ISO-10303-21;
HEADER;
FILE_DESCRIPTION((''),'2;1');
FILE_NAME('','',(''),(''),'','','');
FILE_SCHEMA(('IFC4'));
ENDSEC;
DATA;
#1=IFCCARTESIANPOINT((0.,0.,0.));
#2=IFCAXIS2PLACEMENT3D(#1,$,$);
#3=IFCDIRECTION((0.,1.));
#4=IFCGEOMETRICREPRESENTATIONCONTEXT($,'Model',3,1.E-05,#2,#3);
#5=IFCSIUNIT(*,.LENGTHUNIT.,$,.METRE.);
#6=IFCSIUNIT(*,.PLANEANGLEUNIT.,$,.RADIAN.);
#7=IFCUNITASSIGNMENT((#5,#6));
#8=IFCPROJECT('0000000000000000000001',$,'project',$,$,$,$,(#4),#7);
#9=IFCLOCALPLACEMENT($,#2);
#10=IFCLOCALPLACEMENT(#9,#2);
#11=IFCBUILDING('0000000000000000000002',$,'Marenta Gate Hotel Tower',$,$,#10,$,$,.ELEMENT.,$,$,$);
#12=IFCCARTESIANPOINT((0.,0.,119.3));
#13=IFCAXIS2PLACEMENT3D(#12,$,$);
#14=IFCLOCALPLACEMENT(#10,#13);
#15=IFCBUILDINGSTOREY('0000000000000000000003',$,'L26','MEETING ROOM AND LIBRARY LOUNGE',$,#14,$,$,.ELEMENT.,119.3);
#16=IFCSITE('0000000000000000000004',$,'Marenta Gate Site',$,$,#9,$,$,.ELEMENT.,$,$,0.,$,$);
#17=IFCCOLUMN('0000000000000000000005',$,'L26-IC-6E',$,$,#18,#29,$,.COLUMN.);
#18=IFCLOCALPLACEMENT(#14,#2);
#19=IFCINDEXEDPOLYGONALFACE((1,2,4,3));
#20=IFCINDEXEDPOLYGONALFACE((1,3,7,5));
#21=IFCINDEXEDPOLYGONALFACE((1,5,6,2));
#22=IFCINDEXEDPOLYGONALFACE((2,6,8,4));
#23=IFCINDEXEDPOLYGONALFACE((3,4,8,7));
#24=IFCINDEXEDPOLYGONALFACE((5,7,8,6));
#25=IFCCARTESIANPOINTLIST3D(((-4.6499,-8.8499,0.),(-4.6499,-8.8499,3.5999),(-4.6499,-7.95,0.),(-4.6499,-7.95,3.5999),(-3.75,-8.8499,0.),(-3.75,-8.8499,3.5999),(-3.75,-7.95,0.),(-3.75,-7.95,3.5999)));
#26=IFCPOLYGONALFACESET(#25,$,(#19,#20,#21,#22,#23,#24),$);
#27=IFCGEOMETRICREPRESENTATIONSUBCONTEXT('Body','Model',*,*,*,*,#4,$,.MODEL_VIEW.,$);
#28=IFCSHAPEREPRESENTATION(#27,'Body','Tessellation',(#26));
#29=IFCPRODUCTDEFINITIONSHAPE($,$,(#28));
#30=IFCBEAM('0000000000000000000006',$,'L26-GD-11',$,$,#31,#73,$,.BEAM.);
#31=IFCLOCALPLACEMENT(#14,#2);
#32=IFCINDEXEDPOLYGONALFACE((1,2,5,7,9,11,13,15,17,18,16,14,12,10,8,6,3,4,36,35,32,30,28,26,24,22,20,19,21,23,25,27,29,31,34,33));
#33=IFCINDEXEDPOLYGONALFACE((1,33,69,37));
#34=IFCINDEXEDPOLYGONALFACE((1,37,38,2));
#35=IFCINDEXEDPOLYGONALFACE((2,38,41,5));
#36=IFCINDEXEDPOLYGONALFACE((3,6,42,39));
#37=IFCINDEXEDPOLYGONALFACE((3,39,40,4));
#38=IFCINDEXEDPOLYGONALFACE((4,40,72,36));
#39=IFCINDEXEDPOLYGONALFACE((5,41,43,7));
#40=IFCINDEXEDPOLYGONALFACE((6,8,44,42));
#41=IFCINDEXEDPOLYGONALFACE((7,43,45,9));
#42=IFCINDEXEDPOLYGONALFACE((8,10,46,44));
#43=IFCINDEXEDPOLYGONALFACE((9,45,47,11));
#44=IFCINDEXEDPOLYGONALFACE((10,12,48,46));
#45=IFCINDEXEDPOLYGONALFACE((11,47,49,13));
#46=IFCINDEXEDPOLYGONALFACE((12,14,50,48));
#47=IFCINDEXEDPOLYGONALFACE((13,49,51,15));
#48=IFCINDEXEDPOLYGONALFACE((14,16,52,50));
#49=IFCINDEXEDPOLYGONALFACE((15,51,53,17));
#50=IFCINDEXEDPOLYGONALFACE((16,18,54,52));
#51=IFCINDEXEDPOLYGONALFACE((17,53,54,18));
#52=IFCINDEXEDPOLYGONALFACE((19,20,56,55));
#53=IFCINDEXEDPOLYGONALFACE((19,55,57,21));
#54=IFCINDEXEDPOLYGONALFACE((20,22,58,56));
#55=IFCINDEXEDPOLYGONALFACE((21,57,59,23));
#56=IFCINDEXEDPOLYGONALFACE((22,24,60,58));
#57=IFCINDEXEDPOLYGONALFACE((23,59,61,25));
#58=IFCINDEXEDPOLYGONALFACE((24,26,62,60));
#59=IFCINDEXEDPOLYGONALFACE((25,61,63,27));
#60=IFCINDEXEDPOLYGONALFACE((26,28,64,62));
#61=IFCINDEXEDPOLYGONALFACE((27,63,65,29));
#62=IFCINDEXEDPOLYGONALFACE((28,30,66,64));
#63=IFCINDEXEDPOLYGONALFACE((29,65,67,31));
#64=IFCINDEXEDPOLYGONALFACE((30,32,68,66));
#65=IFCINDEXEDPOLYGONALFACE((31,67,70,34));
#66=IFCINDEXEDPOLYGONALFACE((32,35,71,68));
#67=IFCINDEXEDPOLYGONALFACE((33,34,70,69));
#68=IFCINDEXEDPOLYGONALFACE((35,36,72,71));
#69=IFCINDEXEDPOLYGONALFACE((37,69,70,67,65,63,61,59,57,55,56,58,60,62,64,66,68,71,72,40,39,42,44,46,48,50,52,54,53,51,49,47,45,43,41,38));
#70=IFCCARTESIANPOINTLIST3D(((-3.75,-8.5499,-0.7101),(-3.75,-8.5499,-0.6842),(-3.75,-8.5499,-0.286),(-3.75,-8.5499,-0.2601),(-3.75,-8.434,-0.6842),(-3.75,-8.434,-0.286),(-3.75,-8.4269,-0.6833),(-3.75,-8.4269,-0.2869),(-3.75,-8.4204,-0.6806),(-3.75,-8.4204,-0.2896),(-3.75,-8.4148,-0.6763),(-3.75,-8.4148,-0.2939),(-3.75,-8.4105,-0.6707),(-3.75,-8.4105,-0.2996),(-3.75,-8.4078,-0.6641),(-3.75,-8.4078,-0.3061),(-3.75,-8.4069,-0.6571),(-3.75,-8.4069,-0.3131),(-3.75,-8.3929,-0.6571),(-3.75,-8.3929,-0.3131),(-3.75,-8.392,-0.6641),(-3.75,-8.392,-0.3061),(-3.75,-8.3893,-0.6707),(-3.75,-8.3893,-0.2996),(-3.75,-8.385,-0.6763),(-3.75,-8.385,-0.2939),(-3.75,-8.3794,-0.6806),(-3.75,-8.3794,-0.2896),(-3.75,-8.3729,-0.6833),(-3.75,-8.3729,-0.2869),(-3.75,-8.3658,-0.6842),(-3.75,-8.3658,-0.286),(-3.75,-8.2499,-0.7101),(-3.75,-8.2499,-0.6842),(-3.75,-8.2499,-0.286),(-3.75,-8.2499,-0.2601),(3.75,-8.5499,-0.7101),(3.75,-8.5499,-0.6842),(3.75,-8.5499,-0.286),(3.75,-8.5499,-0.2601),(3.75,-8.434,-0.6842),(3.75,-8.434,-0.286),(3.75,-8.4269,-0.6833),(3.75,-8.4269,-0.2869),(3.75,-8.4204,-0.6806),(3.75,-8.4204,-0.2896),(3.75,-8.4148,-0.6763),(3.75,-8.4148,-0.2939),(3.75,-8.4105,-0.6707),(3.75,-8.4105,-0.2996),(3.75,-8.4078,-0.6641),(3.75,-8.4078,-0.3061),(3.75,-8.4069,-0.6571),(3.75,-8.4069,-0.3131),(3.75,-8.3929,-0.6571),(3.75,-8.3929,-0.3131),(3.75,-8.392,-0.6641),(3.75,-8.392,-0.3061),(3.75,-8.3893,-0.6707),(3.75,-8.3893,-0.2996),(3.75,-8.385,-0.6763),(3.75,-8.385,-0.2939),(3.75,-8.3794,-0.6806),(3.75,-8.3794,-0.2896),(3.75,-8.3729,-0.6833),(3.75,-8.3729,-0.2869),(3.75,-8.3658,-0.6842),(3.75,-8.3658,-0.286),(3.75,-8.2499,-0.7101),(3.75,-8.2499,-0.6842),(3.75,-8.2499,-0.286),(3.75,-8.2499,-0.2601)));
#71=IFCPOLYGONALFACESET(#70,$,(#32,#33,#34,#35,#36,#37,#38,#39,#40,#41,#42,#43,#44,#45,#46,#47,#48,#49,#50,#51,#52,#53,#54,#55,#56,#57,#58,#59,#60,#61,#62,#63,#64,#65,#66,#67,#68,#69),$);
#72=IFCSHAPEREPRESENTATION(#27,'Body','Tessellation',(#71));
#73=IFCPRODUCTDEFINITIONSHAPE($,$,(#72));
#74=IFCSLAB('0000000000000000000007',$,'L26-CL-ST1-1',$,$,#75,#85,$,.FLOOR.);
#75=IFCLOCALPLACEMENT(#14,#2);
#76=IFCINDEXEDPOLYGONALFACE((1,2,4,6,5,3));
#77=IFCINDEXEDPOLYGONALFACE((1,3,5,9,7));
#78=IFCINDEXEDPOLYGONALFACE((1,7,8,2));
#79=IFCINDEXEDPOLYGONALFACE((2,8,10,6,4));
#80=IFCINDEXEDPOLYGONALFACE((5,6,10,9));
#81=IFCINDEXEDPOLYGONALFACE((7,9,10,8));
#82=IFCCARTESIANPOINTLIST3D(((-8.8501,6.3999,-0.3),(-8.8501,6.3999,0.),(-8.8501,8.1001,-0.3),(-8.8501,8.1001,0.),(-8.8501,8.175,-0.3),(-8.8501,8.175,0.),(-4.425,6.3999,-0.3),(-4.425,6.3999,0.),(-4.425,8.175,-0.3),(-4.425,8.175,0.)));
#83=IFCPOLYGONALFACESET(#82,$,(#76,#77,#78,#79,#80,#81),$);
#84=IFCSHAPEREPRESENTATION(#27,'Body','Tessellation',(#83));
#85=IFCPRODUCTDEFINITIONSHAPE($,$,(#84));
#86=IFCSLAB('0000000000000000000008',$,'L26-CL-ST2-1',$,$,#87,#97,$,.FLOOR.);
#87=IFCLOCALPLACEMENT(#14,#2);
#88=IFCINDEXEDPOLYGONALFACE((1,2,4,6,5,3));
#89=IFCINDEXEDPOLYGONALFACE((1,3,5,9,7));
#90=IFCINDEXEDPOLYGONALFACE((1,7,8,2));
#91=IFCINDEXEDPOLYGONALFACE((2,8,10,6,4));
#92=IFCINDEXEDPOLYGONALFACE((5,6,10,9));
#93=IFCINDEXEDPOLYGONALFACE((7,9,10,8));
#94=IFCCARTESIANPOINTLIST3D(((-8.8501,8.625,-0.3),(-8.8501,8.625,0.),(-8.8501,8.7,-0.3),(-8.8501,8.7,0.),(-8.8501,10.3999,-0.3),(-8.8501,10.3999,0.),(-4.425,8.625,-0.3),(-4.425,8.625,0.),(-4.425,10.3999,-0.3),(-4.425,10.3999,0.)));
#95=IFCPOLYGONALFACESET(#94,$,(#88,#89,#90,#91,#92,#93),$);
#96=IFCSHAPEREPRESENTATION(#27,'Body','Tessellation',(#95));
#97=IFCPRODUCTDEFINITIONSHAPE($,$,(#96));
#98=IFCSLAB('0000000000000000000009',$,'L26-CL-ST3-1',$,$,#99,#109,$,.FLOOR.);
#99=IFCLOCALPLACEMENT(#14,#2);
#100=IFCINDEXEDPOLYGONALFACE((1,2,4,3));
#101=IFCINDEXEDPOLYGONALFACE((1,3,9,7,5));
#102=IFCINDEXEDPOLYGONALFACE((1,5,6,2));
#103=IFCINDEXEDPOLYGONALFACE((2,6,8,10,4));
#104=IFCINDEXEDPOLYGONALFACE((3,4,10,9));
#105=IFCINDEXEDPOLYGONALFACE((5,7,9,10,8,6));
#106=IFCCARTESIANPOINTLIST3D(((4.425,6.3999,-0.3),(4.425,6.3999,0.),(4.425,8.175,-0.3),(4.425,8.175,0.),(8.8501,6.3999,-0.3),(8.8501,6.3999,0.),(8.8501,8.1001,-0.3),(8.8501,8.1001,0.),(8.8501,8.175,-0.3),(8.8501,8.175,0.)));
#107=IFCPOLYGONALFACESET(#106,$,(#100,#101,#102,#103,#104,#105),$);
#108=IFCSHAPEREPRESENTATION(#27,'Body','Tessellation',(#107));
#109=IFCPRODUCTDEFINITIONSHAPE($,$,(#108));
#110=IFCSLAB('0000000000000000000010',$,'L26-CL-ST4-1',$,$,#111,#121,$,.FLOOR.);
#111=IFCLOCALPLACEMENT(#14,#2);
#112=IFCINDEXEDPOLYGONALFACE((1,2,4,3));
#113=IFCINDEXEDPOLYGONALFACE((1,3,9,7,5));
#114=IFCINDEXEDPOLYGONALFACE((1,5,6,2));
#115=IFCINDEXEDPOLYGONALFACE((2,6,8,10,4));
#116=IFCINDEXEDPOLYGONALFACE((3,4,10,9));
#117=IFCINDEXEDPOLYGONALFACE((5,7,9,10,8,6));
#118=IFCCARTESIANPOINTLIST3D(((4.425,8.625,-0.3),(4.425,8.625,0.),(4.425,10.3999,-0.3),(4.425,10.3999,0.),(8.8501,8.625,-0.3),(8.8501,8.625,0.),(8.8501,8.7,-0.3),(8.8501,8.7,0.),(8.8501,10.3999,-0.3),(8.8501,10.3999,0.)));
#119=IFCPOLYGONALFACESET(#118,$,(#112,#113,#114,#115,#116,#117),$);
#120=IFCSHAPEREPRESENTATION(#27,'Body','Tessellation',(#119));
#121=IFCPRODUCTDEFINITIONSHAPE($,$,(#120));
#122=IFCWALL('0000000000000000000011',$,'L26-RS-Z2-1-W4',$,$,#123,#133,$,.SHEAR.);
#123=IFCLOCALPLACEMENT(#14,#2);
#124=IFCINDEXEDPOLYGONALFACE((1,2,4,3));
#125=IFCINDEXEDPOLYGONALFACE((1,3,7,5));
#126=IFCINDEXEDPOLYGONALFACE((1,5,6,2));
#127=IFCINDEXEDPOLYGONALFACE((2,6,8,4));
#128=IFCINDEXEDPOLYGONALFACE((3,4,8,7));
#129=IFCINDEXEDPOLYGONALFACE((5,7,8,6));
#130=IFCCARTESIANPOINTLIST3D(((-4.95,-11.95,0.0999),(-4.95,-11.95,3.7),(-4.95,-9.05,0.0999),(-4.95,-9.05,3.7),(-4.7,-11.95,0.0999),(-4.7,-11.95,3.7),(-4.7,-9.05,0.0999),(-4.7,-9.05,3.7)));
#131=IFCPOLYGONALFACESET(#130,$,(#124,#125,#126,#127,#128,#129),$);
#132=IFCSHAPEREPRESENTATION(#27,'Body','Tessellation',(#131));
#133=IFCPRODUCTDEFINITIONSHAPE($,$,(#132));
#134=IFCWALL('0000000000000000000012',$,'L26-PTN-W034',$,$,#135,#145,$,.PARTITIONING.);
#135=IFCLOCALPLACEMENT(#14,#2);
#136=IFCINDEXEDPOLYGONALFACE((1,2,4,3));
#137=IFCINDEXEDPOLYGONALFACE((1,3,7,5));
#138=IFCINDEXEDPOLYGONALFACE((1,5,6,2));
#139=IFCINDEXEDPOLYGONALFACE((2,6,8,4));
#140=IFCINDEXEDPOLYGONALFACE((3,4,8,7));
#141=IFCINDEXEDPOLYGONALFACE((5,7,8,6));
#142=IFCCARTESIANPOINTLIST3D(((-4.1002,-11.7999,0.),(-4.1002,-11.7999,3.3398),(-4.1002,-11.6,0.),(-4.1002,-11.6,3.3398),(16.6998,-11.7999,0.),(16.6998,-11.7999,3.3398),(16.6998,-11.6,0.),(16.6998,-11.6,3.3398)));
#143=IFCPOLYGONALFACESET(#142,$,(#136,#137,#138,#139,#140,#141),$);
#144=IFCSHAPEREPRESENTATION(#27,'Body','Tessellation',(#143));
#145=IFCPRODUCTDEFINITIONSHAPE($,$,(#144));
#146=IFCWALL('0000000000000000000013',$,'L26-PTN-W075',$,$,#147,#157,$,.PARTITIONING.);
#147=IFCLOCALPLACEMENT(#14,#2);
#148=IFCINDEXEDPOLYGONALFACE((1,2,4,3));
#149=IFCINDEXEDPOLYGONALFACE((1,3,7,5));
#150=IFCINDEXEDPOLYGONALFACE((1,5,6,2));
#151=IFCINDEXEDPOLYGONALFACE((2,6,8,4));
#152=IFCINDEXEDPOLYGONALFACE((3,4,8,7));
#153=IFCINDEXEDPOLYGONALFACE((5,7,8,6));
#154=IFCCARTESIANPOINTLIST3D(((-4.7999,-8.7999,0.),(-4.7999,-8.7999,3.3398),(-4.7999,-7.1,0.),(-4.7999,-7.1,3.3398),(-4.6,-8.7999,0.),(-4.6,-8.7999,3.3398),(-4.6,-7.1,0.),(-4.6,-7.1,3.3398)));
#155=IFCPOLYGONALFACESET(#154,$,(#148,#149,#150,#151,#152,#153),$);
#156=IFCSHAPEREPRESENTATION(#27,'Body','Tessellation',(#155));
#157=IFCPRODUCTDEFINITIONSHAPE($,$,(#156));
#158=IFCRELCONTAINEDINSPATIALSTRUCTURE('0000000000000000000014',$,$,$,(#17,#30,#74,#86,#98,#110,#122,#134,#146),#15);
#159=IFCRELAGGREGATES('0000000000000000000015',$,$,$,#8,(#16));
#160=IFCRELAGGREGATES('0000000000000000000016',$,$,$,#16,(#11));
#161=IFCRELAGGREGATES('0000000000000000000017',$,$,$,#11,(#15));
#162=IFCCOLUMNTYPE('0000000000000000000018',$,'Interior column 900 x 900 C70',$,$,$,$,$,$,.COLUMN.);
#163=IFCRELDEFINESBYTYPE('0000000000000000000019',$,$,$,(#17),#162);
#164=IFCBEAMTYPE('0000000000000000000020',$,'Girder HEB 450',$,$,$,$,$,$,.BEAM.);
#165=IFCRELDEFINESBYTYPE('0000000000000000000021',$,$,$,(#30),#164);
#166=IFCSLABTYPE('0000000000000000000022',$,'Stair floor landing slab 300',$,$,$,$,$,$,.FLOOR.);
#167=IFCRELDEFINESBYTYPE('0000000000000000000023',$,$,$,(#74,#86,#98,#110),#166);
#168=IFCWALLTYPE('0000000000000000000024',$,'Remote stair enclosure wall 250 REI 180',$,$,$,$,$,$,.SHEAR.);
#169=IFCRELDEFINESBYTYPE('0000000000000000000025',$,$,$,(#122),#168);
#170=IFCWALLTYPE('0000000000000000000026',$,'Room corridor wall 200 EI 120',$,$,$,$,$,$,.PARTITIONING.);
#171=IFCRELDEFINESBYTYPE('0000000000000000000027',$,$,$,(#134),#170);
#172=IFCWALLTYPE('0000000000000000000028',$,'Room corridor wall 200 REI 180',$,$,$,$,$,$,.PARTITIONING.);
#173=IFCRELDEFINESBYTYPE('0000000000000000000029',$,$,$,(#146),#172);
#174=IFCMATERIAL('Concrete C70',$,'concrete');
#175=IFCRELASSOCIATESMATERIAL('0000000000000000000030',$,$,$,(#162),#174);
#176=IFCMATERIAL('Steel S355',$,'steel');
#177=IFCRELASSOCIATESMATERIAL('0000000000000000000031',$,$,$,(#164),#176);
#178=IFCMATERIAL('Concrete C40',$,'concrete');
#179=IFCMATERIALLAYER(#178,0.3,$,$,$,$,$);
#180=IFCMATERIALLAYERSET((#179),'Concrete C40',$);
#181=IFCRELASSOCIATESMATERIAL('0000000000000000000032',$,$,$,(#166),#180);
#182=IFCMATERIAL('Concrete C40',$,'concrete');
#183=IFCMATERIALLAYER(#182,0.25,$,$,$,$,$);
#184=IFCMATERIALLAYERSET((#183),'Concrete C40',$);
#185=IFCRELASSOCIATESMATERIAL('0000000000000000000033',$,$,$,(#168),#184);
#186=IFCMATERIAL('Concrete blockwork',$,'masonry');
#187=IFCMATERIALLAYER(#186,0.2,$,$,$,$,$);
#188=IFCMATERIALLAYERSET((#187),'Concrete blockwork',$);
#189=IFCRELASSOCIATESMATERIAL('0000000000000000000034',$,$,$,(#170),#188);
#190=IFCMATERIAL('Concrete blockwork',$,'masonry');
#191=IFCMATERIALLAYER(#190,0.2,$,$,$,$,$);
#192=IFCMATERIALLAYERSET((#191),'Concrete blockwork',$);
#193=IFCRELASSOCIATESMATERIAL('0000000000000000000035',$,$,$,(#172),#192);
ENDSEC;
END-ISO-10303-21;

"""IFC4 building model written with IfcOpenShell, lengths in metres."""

from ifc_helpers import new_model, si_unit, direction, frame, frame_2d, origin, origin_2d, place, context, subcontext, project, spatial, polyline, rectangle, i_section, outline, extrude, material, layer, layer_set, material_profile, profile_set, type_object, element, save


model = new_model("IFC4")

# Units and contexts
model_context = context("Model", 3, precision=1e-05, world=origin(), true_north=direction((0.0, 1.0)))
body_context = subcontext(model_context, "Body", "Model", "MODEL_VIEW")
ifc_project = project(units=[si_unit("LENGTHUNIT", "METRE"), si_unit("PLANEANGLEUNIT", "RADIAN")], contexts=[model_context])

# Site, building, storey
site_placement = place(None, origin())
site = spatial("IfcSite", under=ifc_project, at=site_placement, Name="Marenta Gate Site", CompositionType="ELEMENT", RefElevation=0.0)
building_placement = place(site_placement, origin())
building = spatial("IfcBuilding", under=site, at=building_placement, Name="Marenta Gate Hotel Tower", CompositionType="ELEMENT")
storey_placement = place(building_placement, frame((0.0, 0.0, 119.3)))
storey = spatial("IfcBuildingStorey", under=building, at=storey_placement, Name="L26", Description="MEETING ROOM AND LIBRARY LOUNGE", CompositionType="ELEMENT", Elevation=119.3)

# Column
ifc_material_1 = material(Name="Concrete C70", Category="concrete")
ifc_material_profile_1 = material_profile(ifc_material_1, rectangle(XDim=0.8999, YDim=0.8999, at=origin_2d()), Name="900 x 900")
ifc_profile_set_1 = profile_set([ifc_material_profile_1], Name="Concrete C70")
column_type = type_object("IfcColumnType", Name="Interior column 900 x 900 C70", PredefinedType="COLUMN", material=ifc_profile_set_1)
column_placement = place(storey_placement, frame((-4.2, -8.3999, 0.0), z_axis=(0.0, 0.0, 1.0), x_axis=(1.0, 0.0, 0.0)))
element("IfcColumn", 1, at=column_placement, inside=storey, type_object=column_type, Name="L26-IC-6E", PredefinedType="COLUMN", context=body_context, shape_type="SweptSolid", body=[
    extrude(rectangle(XDim=0.8999, YDim=0.8999, at=origin_2d()), origin(), (0.0, 0.0, 1.0), 3.5999),
])

# Beam
ifc_material_2 = material(Name="Steel S355", Category="steel")
ifc_material_profile_2 = material_profile(ifc_material_2, i_section(OverallWidth=0.3, OverallDepth=0.45, WebThickness=0.0139, FlangeThickness=0.0259, FilletRadius=0.0271, at=origin_2d()), Name="HEB 450")
ifc_profile_set_2 = profile_set([ifc_material_profile_2], Name="Steel S355")
beam_type = type_object("IfcBeamType", Name="Girder HEB 450", PredefinedType="BEAM", material=ifc_profile_set_2)
beam_placement = place(storey_placement, frame((-3.75, -8.3999, -0.4851), z_axis=(1.0, 0.0, 0.0), x_axis=(0.0, 1.0, 0.0)))
element("IfcBeam", 2, at=beam_placement, inside=storey, type_object=beam_type, Name="L26-GD-11", PredefinedType="BEAM", context=body_context, shape_type="SweptSolid", body=[
    extrude(i_section(OverallWidth=0.3, OverallDepth=0.45, WebThickness=0.0139, FlangeThickness=0.0259, FilletRadius=0.0271, at=origin_2d()), origin(), (0.0, 0.0, 1.0), 7.5),
])

# Slabs
ifc_material_3 = material(Name="Concrete C40", Category="concrete")
ifc_layer_1 = layer(ifc_material_3, 0.3)
ifc_layer_set_1 = layer_set([ifc_layer_1], Name="Concrete C40")
slab_type_1 = type_object("IfcSlabType", Name="Stair floor landing slab 300", PredefinedType="FLOOR", material=ifc_layer_set_1)
slab_1_placement = place(storey_placement, frame((0.0, 0.0, -0.3)))
element("IfcSlab", 3, at=slab_1_placement, inside=storey, type_object=slab_type_1, Name="L26-CL-ST1-1", PredefinedType="FLOOR", context=body_context, shape_type="SweptSolid", body=[
    extrude(outline(polyline([(-4.425, 6.3999), (-8.8501, 6.3999), (-8.8501, 8.1001), (-8.8501, 8.175), (-4.425, 8.175), (-4.425, 6.3999)])), origin(), (0.0, 0.0, 1.0), 0.3),
])
slab_2_placement = place(storey_placement, frame((0.0, 0.0, -0.3)))
element("IfcSlab", 4, at=slab_2_placement, inside=storey, type_object=slab_type_1, Name="L26-CL-ST2-1", PredefinedType="FLOOR", context=body_context, shape_type="SweptSolid", body=[
    extrude(outline(polyline([(-4.425, 8.625), (-8.8501, 8.625), (-8.8501, 8.7), (-8.8501, 10.3999), (-4.425, 10.3999), (-4.425, 8.625)])), origin(), (0.0, 0.0, 1.0), 0.3),
])
slab_3_placement = place(storey_placement, frame((0.0, 0.0, -0.3)))
element("IfcSlab", 5, at=slab_3_placement, inside=storey, type_object=slab_type_1, Name="L26-CL-ST3-1", PredefinedType="FLOOR", context=body_context, shape_type="SweptSolid", body=[
    extrude(outline(polyline([(4.425, 6.3999), (4.425, 8.175), (8.8501, 8.175), (8.8501, 8.1001), (8.8501, 6.3999), (4.425, 6.3999)])), origin(), (0.0, 0.0, 1.0), 0.3),
])
slab_4_placement = place(storey_placement, frame((0.0, 0.0, -0.3)))
element("IfcSlab", 6, at=slab_4_placement, inside=storey, type_object=slab_type_1, Name="L26-CL-ST4-1", PredefinedType="FLOOR", context=body_context, shape_type="SweptSolid", body=[
    extrude(outline(polyline([(4.425, 8.625), (4.425, 10.3999), (8.8501, 10.3999), (8.8501, 8.7), (8.8501, 8.625), (4.425, 8.625)])), origin(), (0.0, 0.0, 1.0), 0.3),
])

# Walls
ifc_material_4 = material(Name="Concrete C40", Category="concrete")
ifc_layer_2 = layer(ifc_material_4, 0.25)
ifc_layer_set_2 = layer_set([ifc_layer_2], Name="Concrete C40")
wall_type_1 = type_object("IfcWallType", Name="Remote stair enclosure wall 250 REI 180", PredefinedType="SHEAR", material=ifc_layer_set_2)
wall_1_placement = place(storey_placement, frame((-4.825, -11.95, 0.0999), z_axis=(0.0, 0.0, 1.0), x_axis=(0.0, 1.0, 0.0)))
element("IfcWall", 7, at=wall_1_placement, inside=storey, type_object=wall_type_1, Name="L26-RS-Z2-1-W4", PredefinedType="SHEAR", context=body_context, shape_type="SweptSolid", body=[
    extrude(rectangle(XDim=2.8999, YDim=0.25, at=frame_2d((1.45, 0.0))), origin(), (0.0, 0.0, 1.0), 3.6001),
])
ifc_material_5 = material(Name="Concrete blockwork", Category="masonry")
ifc_layer_3 = layer(ifc_material_5, 0.2)
ifc_layer_set_3 = layer_set([ifc_layer_3], Name="Concrete blockwork")
wall_type_2 = type_object("IfcWallType", Name="Room corridor wall 200 EI 120", PredefinedType="PARTITIONING", material=ifc_layer_set_3)
wall_2_placement = place(storey_placement, frame((-4.1001, -11.7, 0.0), z_axis=(0.0, 0.0, 1.0), x_axis=(1.0, 0.0, 0.0)))
element("IfcWall", 8, at=wall_2_placement, inside=storey, type_object=wall_type_2, Name="L26-PTN-W034", PredefinedType="PARTITIONING", context=body_context, shape_type="SweptSolid", body=[
    extrude(rectangle(XDim=20.8, YDim=0.2, at=frame_2d((10.3999, 0.0))), origin(), (0.0, 0.0, 1.0), 3.3398),
])

# Shared definitions
ifc_material_6 = material(Name="Concrete blockwork", Category="masonry")
ifc_layer_4 = layer(ifc_material_6, 0.2)
ifc_layer_set_4 = layer_set([ifc_layer_4], Name="Concrete blockwork")
wall_type_3 = type_object("IfcWallType", Name="Room corridor wall 200 REI 180", PredefinedType="PARTITIONING", material=ifc_layer_set_4)

# Wall
wall_3_placement = place(storey_placement, frame((-4.7, -8.8, 0.0), z_axis=(0.0, 0.0, 1.0), x_axis=(0.0, 1.0, 0.0)))
element("IfcWall", 9, at=wall_3_placement, inside=storey, type_object=wall_type_3, Name="L26-PTN-W075", PredefinedType="PARTITIONING", context=body_context, shape_type="SweptSolid", body=[
    extrude(rectangle(XDim=1.7, YDim=0.2, at=frame_2d((0.8501, 0.0))), origin(), (0.0, 0.0, 1.0), 3.3398),
])

save(model, "model.ifc")
